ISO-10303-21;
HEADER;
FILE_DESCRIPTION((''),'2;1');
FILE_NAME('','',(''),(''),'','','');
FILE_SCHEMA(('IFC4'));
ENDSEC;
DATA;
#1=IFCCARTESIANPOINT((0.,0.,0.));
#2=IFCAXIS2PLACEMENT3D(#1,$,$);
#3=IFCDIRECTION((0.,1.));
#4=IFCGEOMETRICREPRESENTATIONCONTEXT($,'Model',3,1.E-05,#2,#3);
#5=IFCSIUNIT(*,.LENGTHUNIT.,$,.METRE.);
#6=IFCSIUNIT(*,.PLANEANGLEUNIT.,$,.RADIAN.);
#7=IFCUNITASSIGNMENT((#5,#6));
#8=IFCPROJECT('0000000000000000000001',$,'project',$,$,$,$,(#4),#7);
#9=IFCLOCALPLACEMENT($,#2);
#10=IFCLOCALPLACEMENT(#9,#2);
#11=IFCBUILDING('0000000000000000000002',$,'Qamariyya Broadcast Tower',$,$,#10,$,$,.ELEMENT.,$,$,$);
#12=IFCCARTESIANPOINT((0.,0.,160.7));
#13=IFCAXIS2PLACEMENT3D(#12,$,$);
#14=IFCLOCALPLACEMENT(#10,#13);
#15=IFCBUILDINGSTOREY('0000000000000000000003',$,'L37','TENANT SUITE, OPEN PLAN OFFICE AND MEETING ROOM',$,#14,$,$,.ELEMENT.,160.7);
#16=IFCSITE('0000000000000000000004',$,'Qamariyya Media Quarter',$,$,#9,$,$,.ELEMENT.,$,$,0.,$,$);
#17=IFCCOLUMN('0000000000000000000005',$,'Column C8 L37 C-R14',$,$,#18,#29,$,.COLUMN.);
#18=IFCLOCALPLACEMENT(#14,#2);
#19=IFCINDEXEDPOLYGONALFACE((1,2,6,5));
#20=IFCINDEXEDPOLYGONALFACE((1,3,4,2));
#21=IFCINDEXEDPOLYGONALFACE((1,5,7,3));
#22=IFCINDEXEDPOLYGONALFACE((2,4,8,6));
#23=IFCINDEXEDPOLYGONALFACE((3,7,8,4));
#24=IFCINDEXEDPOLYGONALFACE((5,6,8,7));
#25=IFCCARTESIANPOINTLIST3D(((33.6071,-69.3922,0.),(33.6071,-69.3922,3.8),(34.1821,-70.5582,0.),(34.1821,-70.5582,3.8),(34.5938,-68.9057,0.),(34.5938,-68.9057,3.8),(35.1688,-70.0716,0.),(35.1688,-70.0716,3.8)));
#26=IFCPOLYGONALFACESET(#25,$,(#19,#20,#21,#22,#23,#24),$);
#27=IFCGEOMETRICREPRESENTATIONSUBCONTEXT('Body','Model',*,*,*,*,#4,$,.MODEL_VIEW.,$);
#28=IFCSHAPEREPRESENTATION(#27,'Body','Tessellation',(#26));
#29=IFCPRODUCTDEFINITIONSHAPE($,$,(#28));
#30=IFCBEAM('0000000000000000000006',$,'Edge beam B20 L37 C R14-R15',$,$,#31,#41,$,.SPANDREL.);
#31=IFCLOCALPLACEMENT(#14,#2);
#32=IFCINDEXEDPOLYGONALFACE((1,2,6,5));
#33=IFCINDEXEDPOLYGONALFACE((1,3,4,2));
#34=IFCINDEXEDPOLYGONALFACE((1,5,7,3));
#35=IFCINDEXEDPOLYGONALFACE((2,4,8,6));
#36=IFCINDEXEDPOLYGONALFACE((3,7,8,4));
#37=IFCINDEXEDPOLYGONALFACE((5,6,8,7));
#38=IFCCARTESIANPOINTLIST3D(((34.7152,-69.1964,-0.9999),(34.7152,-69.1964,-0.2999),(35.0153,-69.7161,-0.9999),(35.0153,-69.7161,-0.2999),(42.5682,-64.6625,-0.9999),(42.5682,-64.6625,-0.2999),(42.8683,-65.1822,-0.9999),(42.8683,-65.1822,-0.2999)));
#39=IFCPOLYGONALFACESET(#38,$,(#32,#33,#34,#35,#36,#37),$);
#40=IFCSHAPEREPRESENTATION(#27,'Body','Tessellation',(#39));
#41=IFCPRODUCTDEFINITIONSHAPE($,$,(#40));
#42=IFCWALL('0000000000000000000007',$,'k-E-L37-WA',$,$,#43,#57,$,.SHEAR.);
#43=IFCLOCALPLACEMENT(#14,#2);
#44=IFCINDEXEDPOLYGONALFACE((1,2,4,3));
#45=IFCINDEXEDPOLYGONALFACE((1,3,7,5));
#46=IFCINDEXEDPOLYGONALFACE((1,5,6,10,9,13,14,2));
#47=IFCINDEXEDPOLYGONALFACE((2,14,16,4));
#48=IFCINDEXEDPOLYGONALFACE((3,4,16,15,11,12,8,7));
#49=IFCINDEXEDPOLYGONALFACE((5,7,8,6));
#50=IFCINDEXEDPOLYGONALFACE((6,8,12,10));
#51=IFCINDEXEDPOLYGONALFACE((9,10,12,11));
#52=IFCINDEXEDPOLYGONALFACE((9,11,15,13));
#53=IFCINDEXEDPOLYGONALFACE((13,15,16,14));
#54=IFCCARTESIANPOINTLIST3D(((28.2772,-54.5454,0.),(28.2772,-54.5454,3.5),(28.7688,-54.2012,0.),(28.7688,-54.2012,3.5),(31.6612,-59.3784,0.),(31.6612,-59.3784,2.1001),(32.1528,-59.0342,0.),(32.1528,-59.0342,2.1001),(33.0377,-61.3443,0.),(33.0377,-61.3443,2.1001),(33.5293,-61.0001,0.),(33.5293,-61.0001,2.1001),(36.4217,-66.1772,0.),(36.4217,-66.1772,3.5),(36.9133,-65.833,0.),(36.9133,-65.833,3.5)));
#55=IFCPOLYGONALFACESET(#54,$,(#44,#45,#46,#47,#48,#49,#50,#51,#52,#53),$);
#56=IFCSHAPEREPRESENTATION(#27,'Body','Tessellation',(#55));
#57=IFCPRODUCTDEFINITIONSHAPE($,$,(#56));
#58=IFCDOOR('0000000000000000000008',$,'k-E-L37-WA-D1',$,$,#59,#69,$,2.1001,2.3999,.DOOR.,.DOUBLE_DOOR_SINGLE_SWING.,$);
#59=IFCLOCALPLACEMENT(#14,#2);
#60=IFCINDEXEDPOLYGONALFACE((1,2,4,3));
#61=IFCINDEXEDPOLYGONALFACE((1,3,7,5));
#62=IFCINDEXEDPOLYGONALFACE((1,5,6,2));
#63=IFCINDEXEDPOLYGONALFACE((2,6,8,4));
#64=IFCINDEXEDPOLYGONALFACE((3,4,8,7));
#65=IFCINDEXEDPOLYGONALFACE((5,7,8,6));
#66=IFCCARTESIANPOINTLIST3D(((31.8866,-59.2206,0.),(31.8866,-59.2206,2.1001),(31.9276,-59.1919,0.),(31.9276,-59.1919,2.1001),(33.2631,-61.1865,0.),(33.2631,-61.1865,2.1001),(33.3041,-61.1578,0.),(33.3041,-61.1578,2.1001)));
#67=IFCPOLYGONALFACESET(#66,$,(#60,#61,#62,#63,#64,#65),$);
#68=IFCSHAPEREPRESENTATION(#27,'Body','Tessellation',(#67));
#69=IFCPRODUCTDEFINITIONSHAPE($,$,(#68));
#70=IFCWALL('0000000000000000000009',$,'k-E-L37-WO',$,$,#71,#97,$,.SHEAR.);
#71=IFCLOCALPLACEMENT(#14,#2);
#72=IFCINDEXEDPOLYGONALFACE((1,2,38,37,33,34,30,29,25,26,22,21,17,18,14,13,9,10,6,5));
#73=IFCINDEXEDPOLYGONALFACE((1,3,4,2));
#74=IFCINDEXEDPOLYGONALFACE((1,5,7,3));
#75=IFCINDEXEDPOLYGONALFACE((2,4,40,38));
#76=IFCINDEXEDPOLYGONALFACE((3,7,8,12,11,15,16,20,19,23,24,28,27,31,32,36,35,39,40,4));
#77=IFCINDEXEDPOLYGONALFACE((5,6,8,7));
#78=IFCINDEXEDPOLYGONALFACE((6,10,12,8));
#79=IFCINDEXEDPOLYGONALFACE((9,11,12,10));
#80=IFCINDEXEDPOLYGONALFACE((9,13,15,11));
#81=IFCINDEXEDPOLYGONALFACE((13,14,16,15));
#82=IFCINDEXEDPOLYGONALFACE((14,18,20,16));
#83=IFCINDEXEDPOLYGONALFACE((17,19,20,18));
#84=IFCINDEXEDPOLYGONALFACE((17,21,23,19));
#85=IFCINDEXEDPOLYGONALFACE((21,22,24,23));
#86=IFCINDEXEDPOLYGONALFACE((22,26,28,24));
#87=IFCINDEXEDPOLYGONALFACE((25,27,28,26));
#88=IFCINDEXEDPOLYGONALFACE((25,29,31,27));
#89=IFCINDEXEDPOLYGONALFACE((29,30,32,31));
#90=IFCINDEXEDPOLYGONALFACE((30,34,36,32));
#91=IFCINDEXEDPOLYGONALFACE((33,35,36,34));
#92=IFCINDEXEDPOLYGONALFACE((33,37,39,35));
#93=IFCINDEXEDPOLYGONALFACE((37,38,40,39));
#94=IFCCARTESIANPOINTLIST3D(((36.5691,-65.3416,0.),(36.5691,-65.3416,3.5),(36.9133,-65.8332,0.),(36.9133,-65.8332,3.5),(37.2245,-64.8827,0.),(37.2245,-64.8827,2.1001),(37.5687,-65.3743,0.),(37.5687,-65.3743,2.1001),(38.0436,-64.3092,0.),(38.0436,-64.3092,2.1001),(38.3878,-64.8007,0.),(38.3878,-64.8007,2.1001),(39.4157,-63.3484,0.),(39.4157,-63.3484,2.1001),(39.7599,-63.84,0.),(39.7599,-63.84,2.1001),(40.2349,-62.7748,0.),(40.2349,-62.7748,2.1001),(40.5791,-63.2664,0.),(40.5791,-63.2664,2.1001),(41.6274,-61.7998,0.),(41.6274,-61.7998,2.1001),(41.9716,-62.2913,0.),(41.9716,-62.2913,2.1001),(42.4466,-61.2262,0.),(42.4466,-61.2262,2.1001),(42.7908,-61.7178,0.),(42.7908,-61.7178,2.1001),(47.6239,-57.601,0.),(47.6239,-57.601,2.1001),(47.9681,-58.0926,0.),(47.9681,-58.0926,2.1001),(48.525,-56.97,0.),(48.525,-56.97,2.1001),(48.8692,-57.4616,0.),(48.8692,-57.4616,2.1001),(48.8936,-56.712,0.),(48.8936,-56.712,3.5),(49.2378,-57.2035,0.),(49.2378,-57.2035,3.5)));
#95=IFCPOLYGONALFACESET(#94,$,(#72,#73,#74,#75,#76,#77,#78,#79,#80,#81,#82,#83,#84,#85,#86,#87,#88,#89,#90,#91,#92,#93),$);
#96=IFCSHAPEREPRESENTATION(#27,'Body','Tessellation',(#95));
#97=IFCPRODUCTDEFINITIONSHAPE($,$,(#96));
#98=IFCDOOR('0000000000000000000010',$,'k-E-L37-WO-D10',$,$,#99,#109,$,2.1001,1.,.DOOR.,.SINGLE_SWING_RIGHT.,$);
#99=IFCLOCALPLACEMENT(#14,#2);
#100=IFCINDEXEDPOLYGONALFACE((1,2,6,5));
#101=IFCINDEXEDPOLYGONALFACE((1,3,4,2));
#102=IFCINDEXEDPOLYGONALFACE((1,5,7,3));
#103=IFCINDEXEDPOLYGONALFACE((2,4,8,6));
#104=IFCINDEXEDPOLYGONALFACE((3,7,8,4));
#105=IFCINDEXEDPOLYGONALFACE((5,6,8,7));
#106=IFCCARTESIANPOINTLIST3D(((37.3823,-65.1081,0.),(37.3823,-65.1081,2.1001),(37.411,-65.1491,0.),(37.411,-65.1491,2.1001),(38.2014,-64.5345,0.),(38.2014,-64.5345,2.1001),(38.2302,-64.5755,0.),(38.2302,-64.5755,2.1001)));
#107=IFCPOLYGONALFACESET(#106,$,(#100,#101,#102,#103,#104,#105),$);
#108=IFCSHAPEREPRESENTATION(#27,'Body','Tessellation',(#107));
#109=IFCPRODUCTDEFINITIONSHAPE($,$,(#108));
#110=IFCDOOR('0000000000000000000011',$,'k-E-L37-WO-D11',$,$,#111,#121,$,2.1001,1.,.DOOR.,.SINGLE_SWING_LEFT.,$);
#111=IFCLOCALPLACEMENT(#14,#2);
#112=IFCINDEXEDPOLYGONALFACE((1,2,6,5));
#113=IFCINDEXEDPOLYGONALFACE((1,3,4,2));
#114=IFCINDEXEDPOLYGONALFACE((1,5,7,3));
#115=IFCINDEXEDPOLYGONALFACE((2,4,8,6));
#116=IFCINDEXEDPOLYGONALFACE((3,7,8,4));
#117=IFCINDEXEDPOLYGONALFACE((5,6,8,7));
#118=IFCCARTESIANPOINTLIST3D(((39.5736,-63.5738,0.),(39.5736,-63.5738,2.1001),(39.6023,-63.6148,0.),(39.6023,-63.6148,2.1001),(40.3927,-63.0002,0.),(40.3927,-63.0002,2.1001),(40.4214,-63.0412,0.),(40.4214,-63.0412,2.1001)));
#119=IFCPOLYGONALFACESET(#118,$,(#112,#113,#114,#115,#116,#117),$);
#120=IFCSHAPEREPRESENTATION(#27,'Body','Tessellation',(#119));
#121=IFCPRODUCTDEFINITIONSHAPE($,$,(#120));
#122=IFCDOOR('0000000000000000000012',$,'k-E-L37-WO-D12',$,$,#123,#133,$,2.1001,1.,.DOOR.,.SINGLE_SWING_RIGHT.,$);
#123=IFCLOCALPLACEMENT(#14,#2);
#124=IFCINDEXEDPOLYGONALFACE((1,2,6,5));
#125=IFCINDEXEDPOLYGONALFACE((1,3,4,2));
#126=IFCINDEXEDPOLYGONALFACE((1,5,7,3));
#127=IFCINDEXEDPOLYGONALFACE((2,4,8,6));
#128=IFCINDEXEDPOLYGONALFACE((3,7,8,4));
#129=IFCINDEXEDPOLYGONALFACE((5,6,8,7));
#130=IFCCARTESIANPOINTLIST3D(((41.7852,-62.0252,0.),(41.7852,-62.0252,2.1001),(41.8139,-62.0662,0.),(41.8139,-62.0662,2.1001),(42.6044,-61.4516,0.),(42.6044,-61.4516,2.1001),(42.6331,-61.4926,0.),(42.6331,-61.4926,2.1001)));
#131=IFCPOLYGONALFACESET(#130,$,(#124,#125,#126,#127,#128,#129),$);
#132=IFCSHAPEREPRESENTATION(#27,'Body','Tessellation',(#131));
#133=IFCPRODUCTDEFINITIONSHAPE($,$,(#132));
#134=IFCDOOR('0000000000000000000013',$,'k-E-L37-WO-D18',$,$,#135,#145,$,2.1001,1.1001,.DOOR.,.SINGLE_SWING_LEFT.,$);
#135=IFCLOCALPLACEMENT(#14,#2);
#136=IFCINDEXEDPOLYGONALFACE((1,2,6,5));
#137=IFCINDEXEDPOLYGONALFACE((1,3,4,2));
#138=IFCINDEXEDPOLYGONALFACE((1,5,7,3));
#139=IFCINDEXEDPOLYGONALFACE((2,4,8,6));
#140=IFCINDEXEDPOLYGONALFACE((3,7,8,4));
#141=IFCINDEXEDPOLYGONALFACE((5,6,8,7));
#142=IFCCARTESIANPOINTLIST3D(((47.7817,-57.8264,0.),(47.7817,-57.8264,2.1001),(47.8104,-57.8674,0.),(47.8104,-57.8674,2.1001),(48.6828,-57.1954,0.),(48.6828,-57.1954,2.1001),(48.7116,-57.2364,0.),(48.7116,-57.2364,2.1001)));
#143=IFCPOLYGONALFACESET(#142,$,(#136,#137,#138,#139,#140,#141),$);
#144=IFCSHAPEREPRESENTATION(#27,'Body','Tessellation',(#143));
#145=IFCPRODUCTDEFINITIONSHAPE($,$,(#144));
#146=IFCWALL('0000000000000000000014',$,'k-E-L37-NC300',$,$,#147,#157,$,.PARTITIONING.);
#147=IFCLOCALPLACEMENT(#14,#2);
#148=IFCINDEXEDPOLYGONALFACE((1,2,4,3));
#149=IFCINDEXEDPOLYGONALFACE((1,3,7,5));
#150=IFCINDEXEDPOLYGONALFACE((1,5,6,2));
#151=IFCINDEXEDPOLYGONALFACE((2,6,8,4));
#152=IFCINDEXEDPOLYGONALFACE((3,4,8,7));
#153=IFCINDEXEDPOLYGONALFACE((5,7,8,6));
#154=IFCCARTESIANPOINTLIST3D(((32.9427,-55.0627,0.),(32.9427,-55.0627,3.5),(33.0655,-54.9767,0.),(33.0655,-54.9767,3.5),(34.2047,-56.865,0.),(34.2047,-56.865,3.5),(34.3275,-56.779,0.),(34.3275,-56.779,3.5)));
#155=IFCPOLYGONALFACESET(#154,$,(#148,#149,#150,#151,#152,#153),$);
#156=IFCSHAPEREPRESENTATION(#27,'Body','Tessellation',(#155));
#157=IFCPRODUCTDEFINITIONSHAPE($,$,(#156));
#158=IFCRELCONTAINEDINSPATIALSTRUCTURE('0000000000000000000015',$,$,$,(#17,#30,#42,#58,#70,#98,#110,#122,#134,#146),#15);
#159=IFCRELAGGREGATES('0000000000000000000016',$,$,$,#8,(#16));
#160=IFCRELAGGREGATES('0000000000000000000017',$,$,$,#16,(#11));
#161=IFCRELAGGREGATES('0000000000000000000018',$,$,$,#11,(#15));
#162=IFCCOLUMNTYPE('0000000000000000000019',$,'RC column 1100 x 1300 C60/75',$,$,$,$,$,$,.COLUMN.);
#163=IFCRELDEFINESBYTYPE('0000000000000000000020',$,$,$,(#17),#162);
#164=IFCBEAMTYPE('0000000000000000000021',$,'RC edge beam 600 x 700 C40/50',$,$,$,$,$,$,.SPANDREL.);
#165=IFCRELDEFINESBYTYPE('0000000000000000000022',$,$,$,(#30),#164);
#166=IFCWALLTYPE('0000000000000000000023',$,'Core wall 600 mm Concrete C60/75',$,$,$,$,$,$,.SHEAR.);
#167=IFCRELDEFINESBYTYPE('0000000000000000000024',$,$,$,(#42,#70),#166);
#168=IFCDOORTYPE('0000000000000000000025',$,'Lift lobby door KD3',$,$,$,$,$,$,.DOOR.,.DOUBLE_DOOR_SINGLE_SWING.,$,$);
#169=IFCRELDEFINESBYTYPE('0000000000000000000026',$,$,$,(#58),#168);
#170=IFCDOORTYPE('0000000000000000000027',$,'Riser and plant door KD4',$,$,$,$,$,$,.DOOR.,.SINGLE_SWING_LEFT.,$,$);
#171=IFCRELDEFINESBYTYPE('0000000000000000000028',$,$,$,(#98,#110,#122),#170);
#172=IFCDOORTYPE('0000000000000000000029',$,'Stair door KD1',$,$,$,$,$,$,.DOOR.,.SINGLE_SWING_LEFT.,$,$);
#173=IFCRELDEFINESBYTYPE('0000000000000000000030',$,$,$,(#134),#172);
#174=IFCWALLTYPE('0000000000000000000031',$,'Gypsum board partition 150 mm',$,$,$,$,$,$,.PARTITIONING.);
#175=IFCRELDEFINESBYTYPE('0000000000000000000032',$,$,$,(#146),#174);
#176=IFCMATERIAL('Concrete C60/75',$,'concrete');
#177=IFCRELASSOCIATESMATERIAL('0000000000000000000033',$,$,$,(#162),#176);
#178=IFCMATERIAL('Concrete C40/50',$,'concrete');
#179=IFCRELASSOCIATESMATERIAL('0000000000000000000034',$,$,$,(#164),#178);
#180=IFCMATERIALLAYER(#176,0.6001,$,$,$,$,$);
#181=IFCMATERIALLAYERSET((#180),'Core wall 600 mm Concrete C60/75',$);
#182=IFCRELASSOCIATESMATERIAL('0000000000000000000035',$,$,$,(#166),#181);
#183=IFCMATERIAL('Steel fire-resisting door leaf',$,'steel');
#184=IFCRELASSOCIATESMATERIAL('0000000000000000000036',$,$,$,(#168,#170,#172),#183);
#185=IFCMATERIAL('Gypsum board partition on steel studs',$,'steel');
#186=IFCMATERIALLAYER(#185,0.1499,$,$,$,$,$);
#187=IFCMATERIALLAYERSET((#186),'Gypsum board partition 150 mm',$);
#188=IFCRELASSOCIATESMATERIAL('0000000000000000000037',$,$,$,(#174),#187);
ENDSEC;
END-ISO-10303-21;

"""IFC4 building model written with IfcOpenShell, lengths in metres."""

from ifc_helpers import new_model, si_unit, direction, frame, frame_2d, origin, origin_2d, place, context, subcontext, project, spatial, rectangle, extrude, material, layer, layer_set, material_profile, profile_set, type_object, element, fill, save


model = new_model("IFC4")

# Units and contexts
model_context = context("Model", 3, precision=1e-05, world=origin(), true_north=direction((0.0, 1.0)))
body_context = subcontext(model_context, "Body", "Model", "MODEL_VIEW")
ifc_project = project(units=[si_unit("LENGTHUNIT", "METRE"), si_unit("PLANEANGLEUNIT", "RADIAN")], contexts=[model_context])

# Site, building, storey
site_placement = place(None, origin())
site = spatial("IfcSite", under=ifc_project, at=site_placement, Name="Qamariyya Media Quarter", CompositionType="ELEMENT", RefElevation=0.0)
building_placement = place(site_placement, origin())
building = spatial("IfcBuilding", under=site, at=building_placement, Name="Qamariyya Broadcast Tower", CompositionType="ELEMENT")
storey_placement = place(building_placement, frame((0.0, 0.0, 160.7)))
storey = spatial("IfcBuildingStorey", under=building, at=storey_placement, Name="L37", Description="TENANT SUITE, OPEN PLAN OFFICE AND MEETING ROOM", CompositionType="ELEMENT", Elevation=160.7)

# Column
ifc_material_1 = material(Name="Concrete C60/75", Category="concrete")
ifc_material_profile_1 = material_profile(ifc_material_1, rectangle(XDim=1.1001, YDim=1.3, at=origin_2d()))
ifc_profile_set_1 = profile_set([ifc_material_profile_1], Name="Concrete C60/75")
column_type = type_object("IfcColumnType", Name="RC column 1100 x 1300 C60/75", PredefinedType="COLUMN", material=ifc_profile_set_1)
column_placement = place(storey_placement, frame((34.3879, -69.7319, 0.0), z_axis=(0.0, 0.0, 1.0), x_axis=(0.896873, 0.442289, 0.0)))
element("IfcColumn", 1, at=column_placement, inside=storey, type_object=column_type, Name="Column C8 L37 C-R14", PredefinedType="COLUMN", context=body_context, shape_type="SweptSolid", body=[
    extrude(rectangle(XDim=1.1001, YDim=1.3, at=origin_2d()), origin(), (0.0, 0.0, 1.0), 3.8),
])

# Beam
ifc_material_2 = material(Name="Concrete C40/50", Category="concrete")
ifc_material_profile_2 = material_profile(ifc_material_2, rectangle(XDim=0.6001, YDim=0.7, at=origin_2d()))
ifc_profile_set_2 = profile_set([ifc_material_profile_2], Name="Concrete C40/50")
beam_type = type_object("IfcBeamType", Name="RC edge beam 600 x 700 C40/50", PredefinedType="SPANDREL", material=ifc_profile_set_2)
beam_placement = place(storey_placement, frame((34.8652, -69.4563, -0.6499), z_axis=(0.866026, 0.499999, 0.0), x_axis=(-0.499999, 0.866026, 0.0)))
element("IfcBeam", 2, at=beam_placement, inside=storey, type_object=beam_type, Name="Edge beam B20 L37 C R14-R15", PredefinedType="SPANDREL", context=body_context, shape_type="SweptSolid", body=[
    extrude(rectangle(XDim=0.6001, YDim=0.7, at=origin_2d()), origin(), (0.0, 0.0, 1.0), 9.0679),
])

# Wall, opening, door
ifc_layer_1 = layer(ifc_material_1, 0.6001)
ifc_layer_set_1 = layer_set([ifc_layer_1], Name="Core wall 600 mm Concrete C60/75")
wall_type_1 = type_object("IfcWallType", Name="Core wall 600 mm Concrete C60/75", PredefinedType="SHEAR", material=ifc_layer_set_1)
wall_1_placement = place(storey_placement, frame((36.6675, -66.0051, 0.0), z_axis=(0.0, 0.0, 1.0), x_axis=(-0.573568, 0.819158, 0.0)))
wall_1 = element("IfcWall", 3, at=wall_1_placement, inside=storey, type_object=wall_type_1, Name="k-E-L37-WA", PredefinedType="SHEAR", context=body_context, shape_type="SweptSolid", body=[
    extrude(rectangle(XDim=14.1997, YDim=0.6001, at=frame_2d((7.0999, 0.0))), origin(), (0.0, 0.0, 1.0), 3.5),
])
opening_1_placement = place(wall_1_placement, frame((5.8999, 0.0, 0.0)))
opening_1 = element("IfcOpeningElement", 4, at=opening_1_placement, cuts=wall_1, PredefinedType="OPENING", context=body_context, shape_type="SweptSolid", body=[
    extrude(rectangle(XDim=2.3999, YDim=2.1001, at=frame_2d((1.2, 1.05))), frame((0.0, 0.3101, 0.0), z_axis=(0.0, -1.0, 0.0), x_axis=(1.0, 0.0, 0.0)), (0.0, 0.0, 1.0), 0.6201),
])
ifc_material_3 = material(Name="Steel fire-resisting door leaf", Category="steel")
door_type_1 = type_object("IfcDoorType", Name="Lift lobby door KD3", OperationType="DOUBLE_DOOR_SINGLE_SWING", PredefinedType="DOOR", material=ifc_material_3)
door_1_placement = place(opening_1_placement, origin())
door_1 = element("IfcDoor", 5, at=door_1_placement, inside=storey, type_object=door_type_1, Name="k-E-L37-WA-D1", OperationType="DOUBLE_DOOR_SINGLE_SWING", OverallHeight=2.1001, OverallWidth=2.3999, PredefinedType="DOOR", context=body_context, shape_type="SweptSolid", body=[
    extrude(rectangle(XDim=2.3999, YDim=2.1001, at=frame_2d((1.2, 1.05))), frame((0.0, 0.0249, 0.0), z_axis=(0.0, -1.0, 0.0), x_axis=(1.0, 0.0, 0.0)), (0.0, 0.0, 1.0), 0.05),
])
fill(opening_1, door_1)

# Wall, openings, doors
wall_2_placement = place(storey_placement, frame((36.7412, -65.5874, 0.0), z_axis=(0.0, 0.0, 1.0), x_axis=(0.819153, 0.573575, 0.0)))
wall_2 = element("IfcWall", 6, at=wall_2_placement, inside=storey, type_object=wall_type_1, Name="k-E-L37-WO", PredefinedType="SHEAR", context=body_context, shape_type="SweptSolid", body=[
    extrude(rectangle(XDim=15.0454, YDim=0.6001, at=frame_2d((7.5227, 0.0))), origin(), (0.0, 0.0, 1.0), 3.5),
])
opening_2_placement = place(wall_2_placement, frame((0.8, 0.0, 0.0)))
opening_2 = element("IfcOpeningElement", 7, at=opening_2_placement, cuts=wall_2, PredefinedType="OPENING", context=body_context, shape_type="SweptSolid", body=[
    extrude(rectangle(XDim=1.0, YDim=2.1001, at=frame_2d((0.5, 1.05))), frame((0.0, 0.3101, 0.0), z_axis=(0.0, -1.0, 0.0), x_axis=(1.0, 0.0, 0.0)), (0.0, 0.0, 1.0), 0.6201),
])
opening_3_placement = place(wall_2_placement, frame((3.4751, 0.0, 0.0)))
opening_3 = element("IfcOpeningElement", 8, at=opening_3_placement, cuts=wall_2, PredefinedType="OPENING", context=body_context, shape_type="SweptSolid", body=[
    extrude(rectangle(XDim=1.0, YDim=2.1001, at=frame_2d((0.5, 1.05))), frame((0.0, 0.3101, 0.0), z_axis=(0.0, -1.0, 0.0), x_axis=(1.0, 0.0, 0.0)), (0.0, 0.0, 1.0), 0.6201),
])
opening_4_placement = place(wall_2_placement, frame((6.175, 0.0, 0.0)))
opening_4 = element("IfcOpeningElement", 9, at=opening_4_placement, cuts=wall_2, PredefinedType="OPENING", context=body_context, shape_type="SweptSolid", body=[
    extrude(rectangle(XDim=1.0, YDim=2.1001, at=frame_2d((0.5, 1.05))), frame((0.0, 0.3101, 0.0), z_axis=(0.0, -1.0, 0.0), x_axis=(1.0, 0.0, 0.0)), (0.0, 0.0, 1.0), 0.6201),
])
opening_5_placement = place(wall_2_placement, frame((13.4954, 0.0, 0.0)))
opening_5 = element("IfcOpeningElement", 10, at=opening_5_placement, cuts=wall_2, PredefinedType="OPENING", context=body_context, shape_type="SweptSolid", body=[
    extrude(rectangle(XDim=1.1001, YDim=2.1001, at=frame_2d((0.55, 1.05))), frame((0.0, 0.3101, 0.0), z_axis=(0.0, -1.0, 0.0), x_axis=(1.0, 0.0, 0.0)), (0.0, 0.0, 1.0), 0.6201),
])
door_type_2 = type_object("IfcDoorType", Name="Riser and plant door KD4", OperationType="SINGLE_SWING_LEFT", PredefinedType="DOOR", material=ifc_material_3)
door_2_placement = place(opening_2_placement, origin())
door_2 = element("IfcDoor", 11, at=door_2_placement, inside=storey, type_object=door_type_2, Name="k-E-L37-WO-D10", OperationType="SINGLE_SWING_RIGHT", OverallHeight=2.1001, OverallWidth=1.0, PredefinedType="DOOR", context=body_context, shape_type="SweptSolid", body=[
    extrude(rectangle(XDim=1.0, YDim=2.1001, at=frame_2d((0.5, 1.05))), frame((0.0, 0.0249, 0.0), z_axis=(0.0, -1.0, 0.0), x_axis=(1.0, 0.0, 0.0)), (0.0, 0.0, 1.0), 0.05),
])
fill(opening_2, door_2)
door_3_placement = place(opening_3_placement, origin())
door_3 = element("IfcDoor", 12, at=door_3_placement, inside=storey, type_object=door_type_2, Name="k-E-L37-WO-D11", OperationType="SINGLE_SWING_LEFT", OverallHeight=2.1001, OverallWidth=1.0, PredefinedType="DOOR", context=body_context, shape_type="SweptSolid", body=[
    extrude(rectangle(XDim=1.0, YDim=2.1001, at=frame_2d((0.5, 1.05))), frame((0.0, 0.0249, 0.0), z_axis=(0.0, -1.0, 0.0), x_axis=(1.0, 0.0, 0.0)), (0.0, 0.0, 1.0), 0.05),
])
fill(opening_3, door_3)
door_4_placement = place(opening_4_placement, origin())
door_4 = element("IfcDoor", 13, at=door_4_placement, inside=storey, type_object=door_type_2, Name="k-E-L37-WO-D12", OperationType="SINGLE_SWING_RIGHT", OverallHeight=2.1001, OverallWidth=1.0, PredefinedType="DOOR", context=body_context, shape_type="SweptSolid", body=[
    extrude(rectangle(XDim=1.0, YDim=2.1001, at=frame_2d((0.5, 1.05))), frame((0.0, 0.0249, 0.0), z_axis=(0.0, -1.0, 0.0), x_axis=(1.0, 0.0, 0.0)), (0.0, 0.0, 1.0), 0.05),
])
fill(opening_4, door_4)
door_type_3 = type_object("IfcDoorType", Name="Stair door KD1", OperationType="SINGLE_SWING_LEFT", PredefinedType="DOOR", material=ifc_material_3)
door_5_placement = place(opening_5_placement, origin())
door_5 = element("IfcDoor", 14, at=door_5_placement, inside=storey, type_object=door_type_3, Name="k-E-L37-WO-D18", OperationType="SINGLE_SWING_LEFT", OverallHeight=2.1001, OverallWidth=1.1001, PredefinedType="DOOR", context=body_context, shape_type="SweptSolid", body=[
    extrude(rectangle(XDim=1.1001, YDim=2.1001, at=frame_2d((0.55, 1.05))), frame((0.0, 0.0249, 0.0), z_axis=(0.0, -1.0, 0.0), x_axis=(1.0, 0.0, 0.0)), (0.0, 0.0, 1.0), 0.05),
])
fill(opening_5, door_5)

# Wall
ifc_material_4 = material(Name="Gypsum board partition on steel studs", Category="steel")
ifc_layer_2 = layer(ifc_material_4, 0.1499)
ifc_layer_set_2 = layer_set([ifc_layer_2], Name="Gypsum board partition 150 mm")
wall_type_2 = type_object("IfcWallType", Name="Gypsum board partition 150 mm", PredefinedType="PARTITIONING", material=ifc_layer_set_2)
for number, where, z_axis, x_axis, name in (
    (15, (34.2661, -56.822, 0.0), (0.0, 0.0, 1.0), (-0.573581, 0.819149, 0.0), "k-E-L37-NC300"),
):
    element("IfcWall", number, at=place(storey_placement, frame(where, z_axis=z_axis, x_axis=x_axis)), inside=storey, type_object=wall_type_2, Name=name, PredefinedType="PARTITIONING", context=body_context, shape_type="SweptSolid", body=[
        extrude(rectangle(XDim=2.2002, YDim=0.1499, at=frame_2d((1.1001, 0.0))), origin(), (0.0, 0.0, 1.0), 3.5),
    ])

save(model, "model.ifc")
